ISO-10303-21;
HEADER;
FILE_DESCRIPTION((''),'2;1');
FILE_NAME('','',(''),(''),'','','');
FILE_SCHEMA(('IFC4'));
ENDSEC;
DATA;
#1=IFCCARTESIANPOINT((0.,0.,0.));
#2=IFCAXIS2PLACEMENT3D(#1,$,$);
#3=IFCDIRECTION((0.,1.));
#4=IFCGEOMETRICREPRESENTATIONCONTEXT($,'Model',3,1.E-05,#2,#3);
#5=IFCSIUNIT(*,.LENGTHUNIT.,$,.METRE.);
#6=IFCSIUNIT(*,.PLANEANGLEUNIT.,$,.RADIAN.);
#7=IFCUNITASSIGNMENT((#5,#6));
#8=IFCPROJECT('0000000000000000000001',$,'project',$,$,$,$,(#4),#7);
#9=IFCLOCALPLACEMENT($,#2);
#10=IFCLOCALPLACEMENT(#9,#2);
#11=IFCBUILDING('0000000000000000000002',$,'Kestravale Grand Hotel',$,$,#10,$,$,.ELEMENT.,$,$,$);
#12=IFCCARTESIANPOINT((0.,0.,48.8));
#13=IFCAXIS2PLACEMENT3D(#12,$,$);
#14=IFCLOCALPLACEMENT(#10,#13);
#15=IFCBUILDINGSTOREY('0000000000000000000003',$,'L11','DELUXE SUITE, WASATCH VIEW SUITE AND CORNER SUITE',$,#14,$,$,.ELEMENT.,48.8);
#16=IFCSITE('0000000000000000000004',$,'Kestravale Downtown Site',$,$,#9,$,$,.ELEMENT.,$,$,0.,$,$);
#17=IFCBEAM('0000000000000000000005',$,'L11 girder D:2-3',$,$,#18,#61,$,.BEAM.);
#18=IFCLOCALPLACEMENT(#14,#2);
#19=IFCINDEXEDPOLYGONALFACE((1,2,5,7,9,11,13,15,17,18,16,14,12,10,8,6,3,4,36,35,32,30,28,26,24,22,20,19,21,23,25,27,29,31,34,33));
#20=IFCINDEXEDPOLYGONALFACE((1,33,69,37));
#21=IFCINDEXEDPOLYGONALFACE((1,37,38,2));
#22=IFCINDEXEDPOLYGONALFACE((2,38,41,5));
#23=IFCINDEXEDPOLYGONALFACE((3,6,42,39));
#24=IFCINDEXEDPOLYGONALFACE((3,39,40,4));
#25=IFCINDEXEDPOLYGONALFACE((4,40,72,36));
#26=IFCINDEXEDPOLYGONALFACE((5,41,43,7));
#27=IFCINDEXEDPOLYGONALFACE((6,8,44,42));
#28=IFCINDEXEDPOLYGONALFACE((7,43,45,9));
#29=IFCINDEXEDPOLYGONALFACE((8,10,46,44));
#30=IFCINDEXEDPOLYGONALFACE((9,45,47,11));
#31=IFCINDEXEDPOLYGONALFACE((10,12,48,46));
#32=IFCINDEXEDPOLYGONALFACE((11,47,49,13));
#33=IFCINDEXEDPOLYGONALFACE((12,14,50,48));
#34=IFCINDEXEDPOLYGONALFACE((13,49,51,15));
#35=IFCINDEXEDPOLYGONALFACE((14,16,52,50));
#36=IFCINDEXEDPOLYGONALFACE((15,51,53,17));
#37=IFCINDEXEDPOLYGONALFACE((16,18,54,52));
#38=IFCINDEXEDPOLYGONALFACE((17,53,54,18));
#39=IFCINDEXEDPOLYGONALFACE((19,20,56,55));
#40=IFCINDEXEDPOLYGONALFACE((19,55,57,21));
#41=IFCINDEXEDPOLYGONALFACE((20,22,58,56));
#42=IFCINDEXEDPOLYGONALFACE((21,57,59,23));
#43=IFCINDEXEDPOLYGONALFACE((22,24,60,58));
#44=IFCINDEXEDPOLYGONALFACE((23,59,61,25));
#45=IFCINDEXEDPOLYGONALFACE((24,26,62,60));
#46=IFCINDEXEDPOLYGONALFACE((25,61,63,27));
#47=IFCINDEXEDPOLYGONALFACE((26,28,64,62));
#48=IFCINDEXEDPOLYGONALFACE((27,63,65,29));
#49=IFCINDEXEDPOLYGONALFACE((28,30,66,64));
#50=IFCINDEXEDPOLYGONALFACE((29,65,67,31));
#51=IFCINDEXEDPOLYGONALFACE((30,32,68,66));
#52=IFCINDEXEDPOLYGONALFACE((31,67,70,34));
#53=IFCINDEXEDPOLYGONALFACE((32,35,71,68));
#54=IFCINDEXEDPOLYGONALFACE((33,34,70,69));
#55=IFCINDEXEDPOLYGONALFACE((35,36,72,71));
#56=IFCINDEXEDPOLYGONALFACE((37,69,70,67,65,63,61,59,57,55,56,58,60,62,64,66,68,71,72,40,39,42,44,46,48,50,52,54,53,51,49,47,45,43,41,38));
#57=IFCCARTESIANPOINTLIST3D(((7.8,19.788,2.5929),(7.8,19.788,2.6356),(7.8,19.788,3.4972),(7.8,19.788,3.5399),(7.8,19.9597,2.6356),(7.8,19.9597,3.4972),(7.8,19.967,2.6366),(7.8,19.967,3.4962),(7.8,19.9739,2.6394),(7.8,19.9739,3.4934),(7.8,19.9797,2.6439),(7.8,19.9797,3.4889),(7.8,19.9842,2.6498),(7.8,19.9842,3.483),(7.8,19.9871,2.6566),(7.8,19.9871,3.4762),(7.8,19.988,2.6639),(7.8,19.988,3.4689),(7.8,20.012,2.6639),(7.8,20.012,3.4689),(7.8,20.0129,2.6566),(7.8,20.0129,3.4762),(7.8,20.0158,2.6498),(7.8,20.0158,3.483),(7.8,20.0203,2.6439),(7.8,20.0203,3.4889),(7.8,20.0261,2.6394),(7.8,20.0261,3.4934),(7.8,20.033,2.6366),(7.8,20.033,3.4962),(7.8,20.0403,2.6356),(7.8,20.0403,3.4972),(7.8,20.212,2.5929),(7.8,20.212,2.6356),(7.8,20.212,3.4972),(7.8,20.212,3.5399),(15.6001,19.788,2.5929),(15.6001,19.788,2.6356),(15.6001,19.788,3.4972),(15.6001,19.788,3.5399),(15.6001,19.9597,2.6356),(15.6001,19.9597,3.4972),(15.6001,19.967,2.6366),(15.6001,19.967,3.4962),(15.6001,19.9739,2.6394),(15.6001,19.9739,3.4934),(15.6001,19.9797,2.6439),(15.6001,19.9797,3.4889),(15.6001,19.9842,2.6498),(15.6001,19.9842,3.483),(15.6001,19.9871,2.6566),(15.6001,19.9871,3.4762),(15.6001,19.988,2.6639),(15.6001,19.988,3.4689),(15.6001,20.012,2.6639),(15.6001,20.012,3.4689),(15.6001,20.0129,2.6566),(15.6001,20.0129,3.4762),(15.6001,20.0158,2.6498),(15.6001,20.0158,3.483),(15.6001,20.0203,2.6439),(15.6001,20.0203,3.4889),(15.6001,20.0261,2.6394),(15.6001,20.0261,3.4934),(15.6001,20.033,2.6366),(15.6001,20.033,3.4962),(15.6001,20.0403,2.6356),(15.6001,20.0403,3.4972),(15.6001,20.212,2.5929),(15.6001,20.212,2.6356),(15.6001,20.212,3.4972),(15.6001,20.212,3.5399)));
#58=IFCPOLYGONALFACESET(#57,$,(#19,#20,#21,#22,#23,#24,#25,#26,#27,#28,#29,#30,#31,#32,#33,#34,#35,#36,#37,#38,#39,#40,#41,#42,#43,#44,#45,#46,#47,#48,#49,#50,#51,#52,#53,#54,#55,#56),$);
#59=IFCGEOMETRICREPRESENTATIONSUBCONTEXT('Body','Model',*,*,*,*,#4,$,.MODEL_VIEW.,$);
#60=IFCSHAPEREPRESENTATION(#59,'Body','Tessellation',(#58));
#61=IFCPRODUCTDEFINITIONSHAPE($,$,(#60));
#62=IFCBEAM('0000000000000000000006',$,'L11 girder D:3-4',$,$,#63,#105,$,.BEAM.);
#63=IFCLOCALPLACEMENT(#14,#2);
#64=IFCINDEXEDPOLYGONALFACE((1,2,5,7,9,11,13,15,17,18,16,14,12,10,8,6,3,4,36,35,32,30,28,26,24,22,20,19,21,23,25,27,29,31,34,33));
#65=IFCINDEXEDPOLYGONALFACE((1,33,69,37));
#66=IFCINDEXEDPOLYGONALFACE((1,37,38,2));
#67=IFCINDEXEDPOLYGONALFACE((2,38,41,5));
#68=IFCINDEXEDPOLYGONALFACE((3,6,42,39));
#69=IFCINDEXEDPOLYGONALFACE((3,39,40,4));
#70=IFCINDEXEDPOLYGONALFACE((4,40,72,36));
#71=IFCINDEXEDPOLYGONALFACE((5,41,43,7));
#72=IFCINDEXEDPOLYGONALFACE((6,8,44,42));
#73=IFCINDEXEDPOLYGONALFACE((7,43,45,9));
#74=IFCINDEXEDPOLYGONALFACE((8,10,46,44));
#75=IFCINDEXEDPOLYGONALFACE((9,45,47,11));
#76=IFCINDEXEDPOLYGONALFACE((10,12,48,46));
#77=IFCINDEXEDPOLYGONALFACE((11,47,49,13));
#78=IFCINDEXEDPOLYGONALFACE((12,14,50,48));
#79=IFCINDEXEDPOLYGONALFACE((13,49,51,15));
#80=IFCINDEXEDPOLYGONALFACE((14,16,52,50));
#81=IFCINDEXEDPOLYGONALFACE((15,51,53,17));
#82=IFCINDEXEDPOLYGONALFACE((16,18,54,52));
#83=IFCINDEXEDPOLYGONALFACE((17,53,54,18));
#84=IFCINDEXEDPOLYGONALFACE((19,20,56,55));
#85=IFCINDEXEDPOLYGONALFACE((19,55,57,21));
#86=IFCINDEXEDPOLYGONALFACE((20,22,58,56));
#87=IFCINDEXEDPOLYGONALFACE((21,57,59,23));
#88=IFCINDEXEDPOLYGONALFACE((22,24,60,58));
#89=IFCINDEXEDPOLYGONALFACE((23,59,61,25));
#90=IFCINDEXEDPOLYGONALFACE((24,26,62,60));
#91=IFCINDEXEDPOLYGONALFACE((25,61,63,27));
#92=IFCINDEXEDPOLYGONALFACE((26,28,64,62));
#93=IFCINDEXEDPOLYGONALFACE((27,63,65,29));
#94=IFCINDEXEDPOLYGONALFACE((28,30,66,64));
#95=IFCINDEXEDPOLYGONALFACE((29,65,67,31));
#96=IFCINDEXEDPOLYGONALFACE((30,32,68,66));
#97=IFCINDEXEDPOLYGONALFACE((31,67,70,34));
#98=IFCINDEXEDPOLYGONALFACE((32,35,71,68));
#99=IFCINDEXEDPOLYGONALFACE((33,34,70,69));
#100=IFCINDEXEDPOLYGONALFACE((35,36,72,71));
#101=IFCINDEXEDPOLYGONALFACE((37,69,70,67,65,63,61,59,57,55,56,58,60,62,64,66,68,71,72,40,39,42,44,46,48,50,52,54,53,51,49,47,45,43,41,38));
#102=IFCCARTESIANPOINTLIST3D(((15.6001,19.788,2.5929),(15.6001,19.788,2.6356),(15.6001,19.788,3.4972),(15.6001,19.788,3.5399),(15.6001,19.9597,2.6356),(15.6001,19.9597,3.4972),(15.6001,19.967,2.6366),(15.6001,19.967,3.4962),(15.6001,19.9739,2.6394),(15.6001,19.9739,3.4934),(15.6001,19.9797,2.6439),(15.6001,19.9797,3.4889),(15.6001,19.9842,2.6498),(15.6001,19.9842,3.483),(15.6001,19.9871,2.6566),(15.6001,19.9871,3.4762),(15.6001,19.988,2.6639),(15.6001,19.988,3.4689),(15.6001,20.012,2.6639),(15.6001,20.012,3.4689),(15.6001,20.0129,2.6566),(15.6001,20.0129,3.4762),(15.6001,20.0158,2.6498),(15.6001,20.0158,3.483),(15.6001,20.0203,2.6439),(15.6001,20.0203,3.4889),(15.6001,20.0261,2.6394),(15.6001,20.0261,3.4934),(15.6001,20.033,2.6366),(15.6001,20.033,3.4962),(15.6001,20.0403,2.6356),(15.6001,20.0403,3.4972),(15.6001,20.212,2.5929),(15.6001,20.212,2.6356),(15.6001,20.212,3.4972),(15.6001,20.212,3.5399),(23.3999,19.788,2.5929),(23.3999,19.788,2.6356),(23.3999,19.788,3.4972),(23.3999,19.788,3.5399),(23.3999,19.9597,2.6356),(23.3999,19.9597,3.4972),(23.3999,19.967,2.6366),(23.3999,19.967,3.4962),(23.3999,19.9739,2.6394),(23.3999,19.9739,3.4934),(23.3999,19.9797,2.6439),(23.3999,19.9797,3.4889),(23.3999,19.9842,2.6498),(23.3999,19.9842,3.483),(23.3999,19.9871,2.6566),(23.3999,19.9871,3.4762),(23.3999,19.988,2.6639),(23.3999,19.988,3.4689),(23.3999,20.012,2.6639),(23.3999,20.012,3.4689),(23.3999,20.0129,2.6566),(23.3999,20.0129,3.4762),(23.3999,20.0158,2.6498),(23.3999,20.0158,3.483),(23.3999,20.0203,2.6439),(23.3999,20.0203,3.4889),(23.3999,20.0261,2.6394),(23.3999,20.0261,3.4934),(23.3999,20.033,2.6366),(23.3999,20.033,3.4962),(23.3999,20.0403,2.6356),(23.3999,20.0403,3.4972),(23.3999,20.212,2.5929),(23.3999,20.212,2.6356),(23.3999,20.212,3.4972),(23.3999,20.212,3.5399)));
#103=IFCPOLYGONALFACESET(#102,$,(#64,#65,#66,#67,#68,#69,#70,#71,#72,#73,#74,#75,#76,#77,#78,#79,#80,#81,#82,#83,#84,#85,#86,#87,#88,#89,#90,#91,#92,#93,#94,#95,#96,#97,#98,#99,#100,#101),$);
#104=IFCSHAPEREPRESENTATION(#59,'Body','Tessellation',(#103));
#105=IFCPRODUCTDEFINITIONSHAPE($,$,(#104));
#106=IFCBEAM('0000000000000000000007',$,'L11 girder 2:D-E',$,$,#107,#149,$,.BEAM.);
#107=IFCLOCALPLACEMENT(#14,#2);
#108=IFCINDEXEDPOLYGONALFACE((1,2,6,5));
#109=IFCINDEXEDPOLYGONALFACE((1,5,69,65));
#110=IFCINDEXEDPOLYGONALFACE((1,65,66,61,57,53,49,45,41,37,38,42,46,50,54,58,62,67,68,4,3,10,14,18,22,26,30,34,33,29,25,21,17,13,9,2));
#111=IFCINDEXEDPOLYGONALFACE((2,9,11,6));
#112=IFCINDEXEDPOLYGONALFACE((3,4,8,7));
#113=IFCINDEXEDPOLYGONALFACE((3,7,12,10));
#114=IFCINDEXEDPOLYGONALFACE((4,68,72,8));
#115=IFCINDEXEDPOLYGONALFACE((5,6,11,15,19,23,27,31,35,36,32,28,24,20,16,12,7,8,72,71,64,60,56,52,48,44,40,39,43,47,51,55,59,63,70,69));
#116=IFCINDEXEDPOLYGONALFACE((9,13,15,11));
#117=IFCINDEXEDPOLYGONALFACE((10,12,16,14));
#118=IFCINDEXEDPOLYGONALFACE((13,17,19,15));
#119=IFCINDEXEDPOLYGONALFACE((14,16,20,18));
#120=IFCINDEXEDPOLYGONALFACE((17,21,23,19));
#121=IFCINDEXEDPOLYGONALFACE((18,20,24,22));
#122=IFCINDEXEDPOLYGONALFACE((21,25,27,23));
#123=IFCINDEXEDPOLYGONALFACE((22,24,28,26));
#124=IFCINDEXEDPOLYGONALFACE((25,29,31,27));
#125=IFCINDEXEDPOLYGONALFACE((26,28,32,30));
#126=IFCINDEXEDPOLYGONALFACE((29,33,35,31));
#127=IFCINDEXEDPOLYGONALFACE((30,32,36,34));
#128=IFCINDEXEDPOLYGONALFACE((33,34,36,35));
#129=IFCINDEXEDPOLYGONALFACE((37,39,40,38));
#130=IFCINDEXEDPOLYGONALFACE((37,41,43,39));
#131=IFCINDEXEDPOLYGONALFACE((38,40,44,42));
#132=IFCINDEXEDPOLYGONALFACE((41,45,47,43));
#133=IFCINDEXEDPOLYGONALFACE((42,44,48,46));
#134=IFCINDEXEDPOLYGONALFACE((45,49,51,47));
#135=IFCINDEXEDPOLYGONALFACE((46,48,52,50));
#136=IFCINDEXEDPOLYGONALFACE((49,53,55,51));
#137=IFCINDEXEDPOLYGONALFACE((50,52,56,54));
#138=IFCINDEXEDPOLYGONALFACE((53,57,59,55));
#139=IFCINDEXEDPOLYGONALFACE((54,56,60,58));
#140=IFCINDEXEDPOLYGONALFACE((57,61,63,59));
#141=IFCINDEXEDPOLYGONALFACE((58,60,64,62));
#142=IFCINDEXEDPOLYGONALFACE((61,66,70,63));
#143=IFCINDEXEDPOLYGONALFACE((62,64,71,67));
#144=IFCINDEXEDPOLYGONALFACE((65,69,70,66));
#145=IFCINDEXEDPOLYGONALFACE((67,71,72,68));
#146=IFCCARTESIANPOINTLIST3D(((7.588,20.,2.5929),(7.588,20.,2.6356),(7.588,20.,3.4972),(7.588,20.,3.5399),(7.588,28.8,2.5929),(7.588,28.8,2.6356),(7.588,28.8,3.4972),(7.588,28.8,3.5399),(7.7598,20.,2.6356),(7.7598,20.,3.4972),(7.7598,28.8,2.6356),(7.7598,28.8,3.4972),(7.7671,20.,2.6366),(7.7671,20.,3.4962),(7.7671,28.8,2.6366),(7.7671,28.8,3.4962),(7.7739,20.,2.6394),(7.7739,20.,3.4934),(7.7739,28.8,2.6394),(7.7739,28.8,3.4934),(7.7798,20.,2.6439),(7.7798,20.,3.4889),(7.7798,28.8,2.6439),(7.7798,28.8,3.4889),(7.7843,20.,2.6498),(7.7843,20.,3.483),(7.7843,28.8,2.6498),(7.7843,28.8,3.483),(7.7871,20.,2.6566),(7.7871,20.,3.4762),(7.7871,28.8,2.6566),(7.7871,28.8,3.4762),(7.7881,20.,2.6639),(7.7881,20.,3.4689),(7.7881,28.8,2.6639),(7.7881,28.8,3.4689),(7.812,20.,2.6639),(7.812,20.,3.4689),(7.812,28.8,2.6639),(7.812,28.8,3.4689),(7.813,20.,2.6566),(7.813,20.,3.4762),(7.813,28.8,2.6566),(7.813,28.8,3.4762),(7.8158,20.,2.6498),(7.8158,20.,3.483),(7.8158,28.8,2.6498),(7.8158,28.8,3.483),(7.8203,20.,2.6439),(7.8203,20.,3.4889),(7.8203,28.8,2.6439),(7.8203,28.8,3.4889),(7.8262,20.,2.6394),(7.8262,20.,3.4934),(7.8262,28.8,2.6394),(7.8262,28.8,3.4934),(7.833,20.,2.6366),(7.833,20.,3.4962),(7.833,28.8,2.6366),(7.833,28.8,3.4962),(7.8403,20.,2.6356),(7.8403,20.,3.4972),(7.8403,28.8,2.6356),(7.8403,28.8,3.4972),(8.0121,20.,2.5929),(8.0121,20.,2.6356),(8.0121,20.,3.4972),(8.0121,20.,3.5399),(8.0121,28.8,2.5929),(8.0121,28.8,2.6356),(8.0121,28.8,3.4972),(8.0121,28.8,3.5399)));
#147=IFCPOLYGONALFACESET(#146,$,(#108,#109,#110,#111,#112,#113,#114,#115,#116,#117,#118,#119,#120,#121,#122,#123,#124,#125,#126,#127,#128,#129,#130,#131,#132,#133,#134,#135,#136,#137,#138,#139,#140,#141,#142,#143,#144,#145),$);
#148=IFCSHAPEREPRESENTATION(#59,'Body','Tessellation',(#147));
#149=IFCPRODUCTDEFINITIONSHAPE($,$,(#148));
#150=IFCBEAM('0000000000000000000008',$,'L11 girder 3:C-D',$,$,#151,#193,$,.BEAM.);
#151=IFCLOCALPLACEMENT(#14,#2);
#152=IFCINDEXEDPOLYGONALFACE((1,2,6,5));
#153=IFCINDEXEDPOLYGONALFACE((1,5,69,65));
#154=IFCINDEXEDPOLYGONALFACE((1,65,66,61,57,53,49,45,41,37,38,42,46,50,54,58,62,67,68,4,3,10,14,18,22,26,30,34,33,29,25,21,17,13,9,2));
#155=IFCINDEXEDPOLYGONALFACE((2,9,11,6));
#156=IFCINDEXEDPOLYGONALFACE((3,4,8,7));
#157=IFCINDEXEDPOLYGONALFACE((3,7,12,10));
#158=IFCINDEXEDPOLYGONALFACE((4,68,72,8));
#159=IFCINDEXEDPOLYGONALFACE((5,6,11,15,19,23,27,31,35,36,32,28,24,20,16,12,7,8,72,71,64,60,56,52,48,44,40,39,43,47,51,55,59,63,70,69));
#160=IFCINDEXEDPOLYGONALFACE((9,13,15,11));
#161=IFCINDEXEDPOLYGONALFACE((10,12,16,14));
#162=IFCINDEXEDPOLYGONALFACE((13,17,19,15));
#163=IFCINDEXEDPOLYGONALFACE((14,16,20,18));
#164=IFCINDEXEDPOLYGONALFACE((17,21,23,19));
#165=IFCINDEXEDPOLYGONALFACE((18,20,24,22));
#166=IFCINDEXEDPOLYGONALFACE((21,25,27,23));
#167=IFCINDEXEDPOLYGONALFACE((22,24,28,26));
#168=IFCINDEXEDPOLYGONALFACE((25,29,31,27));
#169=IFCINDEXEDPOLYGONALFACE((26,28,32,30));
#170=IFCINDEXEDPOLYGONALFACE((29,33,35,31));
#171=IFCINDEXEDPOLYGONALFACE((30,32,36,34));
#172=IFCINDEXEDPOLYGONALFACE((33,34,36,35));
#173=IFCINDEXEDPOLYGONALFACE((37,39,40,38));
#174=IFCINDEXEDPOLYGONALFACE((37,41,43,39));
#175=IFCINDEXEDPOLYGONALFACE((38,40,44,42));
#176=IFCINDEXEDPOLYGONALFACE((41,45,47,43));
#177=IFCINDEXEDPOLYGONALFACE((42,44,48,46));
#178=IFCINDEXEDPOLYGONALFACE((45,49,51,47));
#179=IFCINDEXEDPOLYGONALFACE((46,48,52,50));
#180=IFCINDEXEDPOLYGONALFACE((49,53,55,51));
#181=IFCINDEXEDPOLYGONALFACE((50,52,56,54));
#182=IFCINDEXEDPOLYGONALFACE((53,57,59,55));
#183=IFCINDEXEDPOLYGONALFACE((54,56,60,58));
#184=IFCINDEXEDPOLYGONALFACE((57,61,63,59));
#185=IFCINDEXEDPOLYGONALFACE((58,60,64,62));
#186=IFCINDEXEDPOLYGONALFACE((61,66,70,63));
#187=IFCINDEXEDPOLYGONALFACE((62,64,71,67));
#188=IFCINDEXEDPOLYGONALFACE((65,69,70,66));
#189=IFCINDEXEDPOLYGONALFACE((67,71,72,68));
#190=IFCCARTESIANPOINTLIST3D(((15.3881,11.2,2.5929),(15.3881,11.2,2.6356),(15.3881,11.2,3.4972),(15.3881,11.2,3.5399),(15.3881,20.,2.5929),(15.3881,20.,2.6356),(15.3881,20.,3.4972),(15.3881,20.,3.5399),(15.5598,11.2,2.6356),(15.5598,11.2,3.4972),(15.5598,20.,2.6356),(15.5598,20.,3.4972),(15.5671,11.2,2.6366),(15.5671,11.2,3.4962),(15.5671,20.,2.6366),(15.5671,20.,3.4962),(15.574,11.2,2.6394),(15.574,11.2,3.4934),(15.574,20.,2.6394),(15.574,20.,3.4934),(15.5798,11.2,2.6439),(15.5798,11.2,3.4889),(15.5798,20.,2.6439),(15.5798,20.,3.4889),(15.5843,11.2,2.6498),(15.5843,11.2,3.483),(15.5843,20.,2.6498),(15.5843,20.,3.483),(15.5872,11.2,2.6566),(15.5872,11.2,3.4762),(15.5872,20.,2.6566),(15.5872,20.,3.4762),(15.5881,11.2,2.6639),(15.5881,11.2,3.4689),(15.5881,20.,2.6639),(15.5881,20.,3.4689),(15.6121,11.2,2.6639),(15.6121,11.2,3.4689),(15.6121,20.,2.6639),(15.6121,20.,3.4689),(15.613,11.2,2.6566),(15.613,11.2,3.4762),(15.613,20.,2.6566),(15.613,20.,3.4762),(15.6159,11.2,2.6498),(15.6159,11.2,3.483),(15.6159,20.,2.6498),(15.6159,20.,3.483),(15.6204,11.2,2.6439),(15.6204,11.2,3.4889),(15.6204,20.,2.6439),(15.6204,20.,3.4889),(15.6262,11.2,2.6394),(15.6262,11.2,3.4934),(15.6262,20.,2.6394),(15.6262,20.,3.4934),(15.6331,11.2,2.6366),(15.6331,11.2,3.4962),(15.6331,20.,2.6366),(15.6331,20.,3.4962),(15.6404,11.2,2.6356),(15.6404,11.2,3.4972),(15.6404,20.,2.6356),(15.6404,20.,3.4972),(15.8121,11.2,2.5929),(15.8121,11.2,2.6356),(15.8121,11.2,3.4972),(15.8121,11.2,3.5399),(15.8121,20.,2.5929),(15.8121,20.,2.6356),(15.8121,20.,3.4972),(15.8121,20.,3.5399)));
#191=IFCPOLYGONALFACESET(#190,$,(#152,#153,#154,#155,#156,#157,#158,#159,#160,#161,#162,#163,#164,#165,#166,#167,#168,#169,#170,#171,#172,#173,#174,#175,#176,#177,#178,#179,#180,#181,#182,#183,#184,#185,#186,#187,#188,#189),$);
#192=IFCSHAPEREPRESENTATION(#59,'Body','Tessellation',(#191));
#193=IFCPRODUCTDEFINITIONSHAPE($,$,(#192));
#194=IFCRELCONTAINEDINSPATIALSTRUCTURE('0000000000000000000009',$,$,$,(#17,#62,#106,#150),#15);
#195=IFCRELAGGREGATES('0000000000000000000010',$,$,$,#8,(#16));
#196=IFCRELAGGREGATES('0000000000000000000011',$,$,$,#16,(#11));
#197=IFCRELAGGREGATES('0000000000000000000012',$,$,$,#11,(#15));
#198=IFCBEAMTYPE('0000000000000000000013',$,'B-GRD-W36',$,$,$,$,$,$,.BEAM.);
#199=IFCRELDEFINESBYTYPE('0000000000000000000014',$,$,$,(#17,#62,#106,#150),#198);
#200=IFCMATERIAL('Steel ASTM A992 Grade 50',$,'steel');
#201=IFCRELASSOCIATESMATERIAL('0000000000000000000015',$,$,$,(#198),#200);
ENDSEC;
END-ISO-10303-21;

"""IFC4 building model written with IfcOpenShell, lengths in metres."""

from ifc_helpers import new_model, si_unit, direction, frame, origin, origin_2d, place, context, subcontext, project, spatial, i_section, extrude, material, material_profile, profile_set, type_object, element, save


model = new_model("IFC4")

# Units and contexts
model_context = context("Model", 3, precision=1e-05, world=origin(), true_north=direction((0.0, 1.0)))
body_context = subcontext(model_context, "Body", "Model", "MODEL_VIEW")
ifc_project = project(units=[si_unit("LENGTHUNIT", "METRE"), si_unit("PLANEANGLEUNIT", "RADIAN")], contexts=[model_context])

# Site, building, storey
site_placement = place(None, origin())
site = spatial("IfcSite", under=ifc_project, at=site_placement, Name="Kestravale Downtown Site", CompositionType="ELEMENT", RefElevation=0.0)
building_placement = place(site_placement, origin())
building = spatial("IfcBuilding", under=site, at=building_placement, Name="Kestravale Grand Hotel", CompositionType="ELEMENT")
storey_placement = place(building_placement, frame((0.0, 0.0, 48.8)))
storey = spatial("IfcBuildingStorey", under=building, at=storey_placement, Name="L11", Description="DELUXE SUITE, WASATCH VIEW SUITE AND CORNER SUITE", CompositionType="ELEMENT", Elevation=48.8)

# Beams
ifc_material_1 = material(Name="Steel ASTM A992 Grade 50", Category="steel")
ifc_material_profile_1 = material_profile(ifc_material_1, i_section(OverallWidth=0.4241, OverallDepth=0.947, WebThickness=0.0239, FlangeThickness=0.0427, FilletRadius=0.0283, at=origin_2d()))
ifc_profile_set_1 = profile_set([ifc_material_profile_1], Name="Steel ASTM A992 Grade 50")
beam_type_1 = type_object("IfcBeamType", Name="B-GRD-W36", PredefinedType="BEAM", material=ifc_profile_set_1)
beam_1_placement = place(storey_placement, frame((7.8, 20.0, 3.0664), z_axis=(1.0, 0.0, 0.0), x_axis=(0.0, 1.0, 0.0)))
element("IfcBeam", 1, at=beam_1_placement, inside=storey, type_object=beam_type_1, Name="L11 girder D:2-3", PredefinedType="BEAM", context=body_context, shape_type="SweptSolid", body=[
    extrude(i_section(OverallWidth=0.4241, OverallDepth=0.947, WebThickness=0.0239, FlangeThickness=0.0427, FilletRadius=0.0283, at=origin_2d()), origin(), (0.0, 0.0, 1.0), 7.8),
])
beam_2_placement = place(storey_placement, frame((15.6001, 20.0, 3.0664), z_axis=(1.0, 0.0, 0.0), x_axis=(0.0, 1.0, 0.0)))
element("IfcBeam", 2, at=beam_2_placement, inside=storey, type_object=beam_type_1, Name="L11 girder D:3-4", PredefinedType="BEAM", context=body_context, shape_type="SweptSolid", body=[
    extrude(i_section(OverallWidth=0.4241, OverallDepth=0.947, WebThickness=0.0239, FlangeThickness=0.0427, FilletRadius=0.0283, at=origin_2d()), origin(), (0.0, 0.0, 1.0), 7.7998),
])
for number, where, z_axis, x_axis, name in (
    (3, (7.8, 20.0, 3.0664), (0.0, 1.0, 0.0), (-1.0, 0.0, 0.0), "L11 girder 2:D-E"),
    (4, (15.6001, 11.2, 3.0664), (0.0, 1.0, 0.0), (-1.0, 0.0, 0.0), "L11 girder 3:C-D"),
):
    element("IfcBeam", number, at=place(storey_placement, frame(where, z_axis=z_axis, x_axis=x_axis)), inside=storey, type_object=beam_type_1, Name=name, PredefinedType="BEAM", context=body_context, shape_type="SweptSolid", body=[
        extrude(i_section(OverallWidth=0.4241, OverallDepth=0.947, WebThickness=0.0239, FlangeThickness=0.0427, FilletRadius=0.0283, at=origin_2d()), origin(), (0.0, 0.0, 1.0), 8.8),
    ])

save(model, "model.ifc")
